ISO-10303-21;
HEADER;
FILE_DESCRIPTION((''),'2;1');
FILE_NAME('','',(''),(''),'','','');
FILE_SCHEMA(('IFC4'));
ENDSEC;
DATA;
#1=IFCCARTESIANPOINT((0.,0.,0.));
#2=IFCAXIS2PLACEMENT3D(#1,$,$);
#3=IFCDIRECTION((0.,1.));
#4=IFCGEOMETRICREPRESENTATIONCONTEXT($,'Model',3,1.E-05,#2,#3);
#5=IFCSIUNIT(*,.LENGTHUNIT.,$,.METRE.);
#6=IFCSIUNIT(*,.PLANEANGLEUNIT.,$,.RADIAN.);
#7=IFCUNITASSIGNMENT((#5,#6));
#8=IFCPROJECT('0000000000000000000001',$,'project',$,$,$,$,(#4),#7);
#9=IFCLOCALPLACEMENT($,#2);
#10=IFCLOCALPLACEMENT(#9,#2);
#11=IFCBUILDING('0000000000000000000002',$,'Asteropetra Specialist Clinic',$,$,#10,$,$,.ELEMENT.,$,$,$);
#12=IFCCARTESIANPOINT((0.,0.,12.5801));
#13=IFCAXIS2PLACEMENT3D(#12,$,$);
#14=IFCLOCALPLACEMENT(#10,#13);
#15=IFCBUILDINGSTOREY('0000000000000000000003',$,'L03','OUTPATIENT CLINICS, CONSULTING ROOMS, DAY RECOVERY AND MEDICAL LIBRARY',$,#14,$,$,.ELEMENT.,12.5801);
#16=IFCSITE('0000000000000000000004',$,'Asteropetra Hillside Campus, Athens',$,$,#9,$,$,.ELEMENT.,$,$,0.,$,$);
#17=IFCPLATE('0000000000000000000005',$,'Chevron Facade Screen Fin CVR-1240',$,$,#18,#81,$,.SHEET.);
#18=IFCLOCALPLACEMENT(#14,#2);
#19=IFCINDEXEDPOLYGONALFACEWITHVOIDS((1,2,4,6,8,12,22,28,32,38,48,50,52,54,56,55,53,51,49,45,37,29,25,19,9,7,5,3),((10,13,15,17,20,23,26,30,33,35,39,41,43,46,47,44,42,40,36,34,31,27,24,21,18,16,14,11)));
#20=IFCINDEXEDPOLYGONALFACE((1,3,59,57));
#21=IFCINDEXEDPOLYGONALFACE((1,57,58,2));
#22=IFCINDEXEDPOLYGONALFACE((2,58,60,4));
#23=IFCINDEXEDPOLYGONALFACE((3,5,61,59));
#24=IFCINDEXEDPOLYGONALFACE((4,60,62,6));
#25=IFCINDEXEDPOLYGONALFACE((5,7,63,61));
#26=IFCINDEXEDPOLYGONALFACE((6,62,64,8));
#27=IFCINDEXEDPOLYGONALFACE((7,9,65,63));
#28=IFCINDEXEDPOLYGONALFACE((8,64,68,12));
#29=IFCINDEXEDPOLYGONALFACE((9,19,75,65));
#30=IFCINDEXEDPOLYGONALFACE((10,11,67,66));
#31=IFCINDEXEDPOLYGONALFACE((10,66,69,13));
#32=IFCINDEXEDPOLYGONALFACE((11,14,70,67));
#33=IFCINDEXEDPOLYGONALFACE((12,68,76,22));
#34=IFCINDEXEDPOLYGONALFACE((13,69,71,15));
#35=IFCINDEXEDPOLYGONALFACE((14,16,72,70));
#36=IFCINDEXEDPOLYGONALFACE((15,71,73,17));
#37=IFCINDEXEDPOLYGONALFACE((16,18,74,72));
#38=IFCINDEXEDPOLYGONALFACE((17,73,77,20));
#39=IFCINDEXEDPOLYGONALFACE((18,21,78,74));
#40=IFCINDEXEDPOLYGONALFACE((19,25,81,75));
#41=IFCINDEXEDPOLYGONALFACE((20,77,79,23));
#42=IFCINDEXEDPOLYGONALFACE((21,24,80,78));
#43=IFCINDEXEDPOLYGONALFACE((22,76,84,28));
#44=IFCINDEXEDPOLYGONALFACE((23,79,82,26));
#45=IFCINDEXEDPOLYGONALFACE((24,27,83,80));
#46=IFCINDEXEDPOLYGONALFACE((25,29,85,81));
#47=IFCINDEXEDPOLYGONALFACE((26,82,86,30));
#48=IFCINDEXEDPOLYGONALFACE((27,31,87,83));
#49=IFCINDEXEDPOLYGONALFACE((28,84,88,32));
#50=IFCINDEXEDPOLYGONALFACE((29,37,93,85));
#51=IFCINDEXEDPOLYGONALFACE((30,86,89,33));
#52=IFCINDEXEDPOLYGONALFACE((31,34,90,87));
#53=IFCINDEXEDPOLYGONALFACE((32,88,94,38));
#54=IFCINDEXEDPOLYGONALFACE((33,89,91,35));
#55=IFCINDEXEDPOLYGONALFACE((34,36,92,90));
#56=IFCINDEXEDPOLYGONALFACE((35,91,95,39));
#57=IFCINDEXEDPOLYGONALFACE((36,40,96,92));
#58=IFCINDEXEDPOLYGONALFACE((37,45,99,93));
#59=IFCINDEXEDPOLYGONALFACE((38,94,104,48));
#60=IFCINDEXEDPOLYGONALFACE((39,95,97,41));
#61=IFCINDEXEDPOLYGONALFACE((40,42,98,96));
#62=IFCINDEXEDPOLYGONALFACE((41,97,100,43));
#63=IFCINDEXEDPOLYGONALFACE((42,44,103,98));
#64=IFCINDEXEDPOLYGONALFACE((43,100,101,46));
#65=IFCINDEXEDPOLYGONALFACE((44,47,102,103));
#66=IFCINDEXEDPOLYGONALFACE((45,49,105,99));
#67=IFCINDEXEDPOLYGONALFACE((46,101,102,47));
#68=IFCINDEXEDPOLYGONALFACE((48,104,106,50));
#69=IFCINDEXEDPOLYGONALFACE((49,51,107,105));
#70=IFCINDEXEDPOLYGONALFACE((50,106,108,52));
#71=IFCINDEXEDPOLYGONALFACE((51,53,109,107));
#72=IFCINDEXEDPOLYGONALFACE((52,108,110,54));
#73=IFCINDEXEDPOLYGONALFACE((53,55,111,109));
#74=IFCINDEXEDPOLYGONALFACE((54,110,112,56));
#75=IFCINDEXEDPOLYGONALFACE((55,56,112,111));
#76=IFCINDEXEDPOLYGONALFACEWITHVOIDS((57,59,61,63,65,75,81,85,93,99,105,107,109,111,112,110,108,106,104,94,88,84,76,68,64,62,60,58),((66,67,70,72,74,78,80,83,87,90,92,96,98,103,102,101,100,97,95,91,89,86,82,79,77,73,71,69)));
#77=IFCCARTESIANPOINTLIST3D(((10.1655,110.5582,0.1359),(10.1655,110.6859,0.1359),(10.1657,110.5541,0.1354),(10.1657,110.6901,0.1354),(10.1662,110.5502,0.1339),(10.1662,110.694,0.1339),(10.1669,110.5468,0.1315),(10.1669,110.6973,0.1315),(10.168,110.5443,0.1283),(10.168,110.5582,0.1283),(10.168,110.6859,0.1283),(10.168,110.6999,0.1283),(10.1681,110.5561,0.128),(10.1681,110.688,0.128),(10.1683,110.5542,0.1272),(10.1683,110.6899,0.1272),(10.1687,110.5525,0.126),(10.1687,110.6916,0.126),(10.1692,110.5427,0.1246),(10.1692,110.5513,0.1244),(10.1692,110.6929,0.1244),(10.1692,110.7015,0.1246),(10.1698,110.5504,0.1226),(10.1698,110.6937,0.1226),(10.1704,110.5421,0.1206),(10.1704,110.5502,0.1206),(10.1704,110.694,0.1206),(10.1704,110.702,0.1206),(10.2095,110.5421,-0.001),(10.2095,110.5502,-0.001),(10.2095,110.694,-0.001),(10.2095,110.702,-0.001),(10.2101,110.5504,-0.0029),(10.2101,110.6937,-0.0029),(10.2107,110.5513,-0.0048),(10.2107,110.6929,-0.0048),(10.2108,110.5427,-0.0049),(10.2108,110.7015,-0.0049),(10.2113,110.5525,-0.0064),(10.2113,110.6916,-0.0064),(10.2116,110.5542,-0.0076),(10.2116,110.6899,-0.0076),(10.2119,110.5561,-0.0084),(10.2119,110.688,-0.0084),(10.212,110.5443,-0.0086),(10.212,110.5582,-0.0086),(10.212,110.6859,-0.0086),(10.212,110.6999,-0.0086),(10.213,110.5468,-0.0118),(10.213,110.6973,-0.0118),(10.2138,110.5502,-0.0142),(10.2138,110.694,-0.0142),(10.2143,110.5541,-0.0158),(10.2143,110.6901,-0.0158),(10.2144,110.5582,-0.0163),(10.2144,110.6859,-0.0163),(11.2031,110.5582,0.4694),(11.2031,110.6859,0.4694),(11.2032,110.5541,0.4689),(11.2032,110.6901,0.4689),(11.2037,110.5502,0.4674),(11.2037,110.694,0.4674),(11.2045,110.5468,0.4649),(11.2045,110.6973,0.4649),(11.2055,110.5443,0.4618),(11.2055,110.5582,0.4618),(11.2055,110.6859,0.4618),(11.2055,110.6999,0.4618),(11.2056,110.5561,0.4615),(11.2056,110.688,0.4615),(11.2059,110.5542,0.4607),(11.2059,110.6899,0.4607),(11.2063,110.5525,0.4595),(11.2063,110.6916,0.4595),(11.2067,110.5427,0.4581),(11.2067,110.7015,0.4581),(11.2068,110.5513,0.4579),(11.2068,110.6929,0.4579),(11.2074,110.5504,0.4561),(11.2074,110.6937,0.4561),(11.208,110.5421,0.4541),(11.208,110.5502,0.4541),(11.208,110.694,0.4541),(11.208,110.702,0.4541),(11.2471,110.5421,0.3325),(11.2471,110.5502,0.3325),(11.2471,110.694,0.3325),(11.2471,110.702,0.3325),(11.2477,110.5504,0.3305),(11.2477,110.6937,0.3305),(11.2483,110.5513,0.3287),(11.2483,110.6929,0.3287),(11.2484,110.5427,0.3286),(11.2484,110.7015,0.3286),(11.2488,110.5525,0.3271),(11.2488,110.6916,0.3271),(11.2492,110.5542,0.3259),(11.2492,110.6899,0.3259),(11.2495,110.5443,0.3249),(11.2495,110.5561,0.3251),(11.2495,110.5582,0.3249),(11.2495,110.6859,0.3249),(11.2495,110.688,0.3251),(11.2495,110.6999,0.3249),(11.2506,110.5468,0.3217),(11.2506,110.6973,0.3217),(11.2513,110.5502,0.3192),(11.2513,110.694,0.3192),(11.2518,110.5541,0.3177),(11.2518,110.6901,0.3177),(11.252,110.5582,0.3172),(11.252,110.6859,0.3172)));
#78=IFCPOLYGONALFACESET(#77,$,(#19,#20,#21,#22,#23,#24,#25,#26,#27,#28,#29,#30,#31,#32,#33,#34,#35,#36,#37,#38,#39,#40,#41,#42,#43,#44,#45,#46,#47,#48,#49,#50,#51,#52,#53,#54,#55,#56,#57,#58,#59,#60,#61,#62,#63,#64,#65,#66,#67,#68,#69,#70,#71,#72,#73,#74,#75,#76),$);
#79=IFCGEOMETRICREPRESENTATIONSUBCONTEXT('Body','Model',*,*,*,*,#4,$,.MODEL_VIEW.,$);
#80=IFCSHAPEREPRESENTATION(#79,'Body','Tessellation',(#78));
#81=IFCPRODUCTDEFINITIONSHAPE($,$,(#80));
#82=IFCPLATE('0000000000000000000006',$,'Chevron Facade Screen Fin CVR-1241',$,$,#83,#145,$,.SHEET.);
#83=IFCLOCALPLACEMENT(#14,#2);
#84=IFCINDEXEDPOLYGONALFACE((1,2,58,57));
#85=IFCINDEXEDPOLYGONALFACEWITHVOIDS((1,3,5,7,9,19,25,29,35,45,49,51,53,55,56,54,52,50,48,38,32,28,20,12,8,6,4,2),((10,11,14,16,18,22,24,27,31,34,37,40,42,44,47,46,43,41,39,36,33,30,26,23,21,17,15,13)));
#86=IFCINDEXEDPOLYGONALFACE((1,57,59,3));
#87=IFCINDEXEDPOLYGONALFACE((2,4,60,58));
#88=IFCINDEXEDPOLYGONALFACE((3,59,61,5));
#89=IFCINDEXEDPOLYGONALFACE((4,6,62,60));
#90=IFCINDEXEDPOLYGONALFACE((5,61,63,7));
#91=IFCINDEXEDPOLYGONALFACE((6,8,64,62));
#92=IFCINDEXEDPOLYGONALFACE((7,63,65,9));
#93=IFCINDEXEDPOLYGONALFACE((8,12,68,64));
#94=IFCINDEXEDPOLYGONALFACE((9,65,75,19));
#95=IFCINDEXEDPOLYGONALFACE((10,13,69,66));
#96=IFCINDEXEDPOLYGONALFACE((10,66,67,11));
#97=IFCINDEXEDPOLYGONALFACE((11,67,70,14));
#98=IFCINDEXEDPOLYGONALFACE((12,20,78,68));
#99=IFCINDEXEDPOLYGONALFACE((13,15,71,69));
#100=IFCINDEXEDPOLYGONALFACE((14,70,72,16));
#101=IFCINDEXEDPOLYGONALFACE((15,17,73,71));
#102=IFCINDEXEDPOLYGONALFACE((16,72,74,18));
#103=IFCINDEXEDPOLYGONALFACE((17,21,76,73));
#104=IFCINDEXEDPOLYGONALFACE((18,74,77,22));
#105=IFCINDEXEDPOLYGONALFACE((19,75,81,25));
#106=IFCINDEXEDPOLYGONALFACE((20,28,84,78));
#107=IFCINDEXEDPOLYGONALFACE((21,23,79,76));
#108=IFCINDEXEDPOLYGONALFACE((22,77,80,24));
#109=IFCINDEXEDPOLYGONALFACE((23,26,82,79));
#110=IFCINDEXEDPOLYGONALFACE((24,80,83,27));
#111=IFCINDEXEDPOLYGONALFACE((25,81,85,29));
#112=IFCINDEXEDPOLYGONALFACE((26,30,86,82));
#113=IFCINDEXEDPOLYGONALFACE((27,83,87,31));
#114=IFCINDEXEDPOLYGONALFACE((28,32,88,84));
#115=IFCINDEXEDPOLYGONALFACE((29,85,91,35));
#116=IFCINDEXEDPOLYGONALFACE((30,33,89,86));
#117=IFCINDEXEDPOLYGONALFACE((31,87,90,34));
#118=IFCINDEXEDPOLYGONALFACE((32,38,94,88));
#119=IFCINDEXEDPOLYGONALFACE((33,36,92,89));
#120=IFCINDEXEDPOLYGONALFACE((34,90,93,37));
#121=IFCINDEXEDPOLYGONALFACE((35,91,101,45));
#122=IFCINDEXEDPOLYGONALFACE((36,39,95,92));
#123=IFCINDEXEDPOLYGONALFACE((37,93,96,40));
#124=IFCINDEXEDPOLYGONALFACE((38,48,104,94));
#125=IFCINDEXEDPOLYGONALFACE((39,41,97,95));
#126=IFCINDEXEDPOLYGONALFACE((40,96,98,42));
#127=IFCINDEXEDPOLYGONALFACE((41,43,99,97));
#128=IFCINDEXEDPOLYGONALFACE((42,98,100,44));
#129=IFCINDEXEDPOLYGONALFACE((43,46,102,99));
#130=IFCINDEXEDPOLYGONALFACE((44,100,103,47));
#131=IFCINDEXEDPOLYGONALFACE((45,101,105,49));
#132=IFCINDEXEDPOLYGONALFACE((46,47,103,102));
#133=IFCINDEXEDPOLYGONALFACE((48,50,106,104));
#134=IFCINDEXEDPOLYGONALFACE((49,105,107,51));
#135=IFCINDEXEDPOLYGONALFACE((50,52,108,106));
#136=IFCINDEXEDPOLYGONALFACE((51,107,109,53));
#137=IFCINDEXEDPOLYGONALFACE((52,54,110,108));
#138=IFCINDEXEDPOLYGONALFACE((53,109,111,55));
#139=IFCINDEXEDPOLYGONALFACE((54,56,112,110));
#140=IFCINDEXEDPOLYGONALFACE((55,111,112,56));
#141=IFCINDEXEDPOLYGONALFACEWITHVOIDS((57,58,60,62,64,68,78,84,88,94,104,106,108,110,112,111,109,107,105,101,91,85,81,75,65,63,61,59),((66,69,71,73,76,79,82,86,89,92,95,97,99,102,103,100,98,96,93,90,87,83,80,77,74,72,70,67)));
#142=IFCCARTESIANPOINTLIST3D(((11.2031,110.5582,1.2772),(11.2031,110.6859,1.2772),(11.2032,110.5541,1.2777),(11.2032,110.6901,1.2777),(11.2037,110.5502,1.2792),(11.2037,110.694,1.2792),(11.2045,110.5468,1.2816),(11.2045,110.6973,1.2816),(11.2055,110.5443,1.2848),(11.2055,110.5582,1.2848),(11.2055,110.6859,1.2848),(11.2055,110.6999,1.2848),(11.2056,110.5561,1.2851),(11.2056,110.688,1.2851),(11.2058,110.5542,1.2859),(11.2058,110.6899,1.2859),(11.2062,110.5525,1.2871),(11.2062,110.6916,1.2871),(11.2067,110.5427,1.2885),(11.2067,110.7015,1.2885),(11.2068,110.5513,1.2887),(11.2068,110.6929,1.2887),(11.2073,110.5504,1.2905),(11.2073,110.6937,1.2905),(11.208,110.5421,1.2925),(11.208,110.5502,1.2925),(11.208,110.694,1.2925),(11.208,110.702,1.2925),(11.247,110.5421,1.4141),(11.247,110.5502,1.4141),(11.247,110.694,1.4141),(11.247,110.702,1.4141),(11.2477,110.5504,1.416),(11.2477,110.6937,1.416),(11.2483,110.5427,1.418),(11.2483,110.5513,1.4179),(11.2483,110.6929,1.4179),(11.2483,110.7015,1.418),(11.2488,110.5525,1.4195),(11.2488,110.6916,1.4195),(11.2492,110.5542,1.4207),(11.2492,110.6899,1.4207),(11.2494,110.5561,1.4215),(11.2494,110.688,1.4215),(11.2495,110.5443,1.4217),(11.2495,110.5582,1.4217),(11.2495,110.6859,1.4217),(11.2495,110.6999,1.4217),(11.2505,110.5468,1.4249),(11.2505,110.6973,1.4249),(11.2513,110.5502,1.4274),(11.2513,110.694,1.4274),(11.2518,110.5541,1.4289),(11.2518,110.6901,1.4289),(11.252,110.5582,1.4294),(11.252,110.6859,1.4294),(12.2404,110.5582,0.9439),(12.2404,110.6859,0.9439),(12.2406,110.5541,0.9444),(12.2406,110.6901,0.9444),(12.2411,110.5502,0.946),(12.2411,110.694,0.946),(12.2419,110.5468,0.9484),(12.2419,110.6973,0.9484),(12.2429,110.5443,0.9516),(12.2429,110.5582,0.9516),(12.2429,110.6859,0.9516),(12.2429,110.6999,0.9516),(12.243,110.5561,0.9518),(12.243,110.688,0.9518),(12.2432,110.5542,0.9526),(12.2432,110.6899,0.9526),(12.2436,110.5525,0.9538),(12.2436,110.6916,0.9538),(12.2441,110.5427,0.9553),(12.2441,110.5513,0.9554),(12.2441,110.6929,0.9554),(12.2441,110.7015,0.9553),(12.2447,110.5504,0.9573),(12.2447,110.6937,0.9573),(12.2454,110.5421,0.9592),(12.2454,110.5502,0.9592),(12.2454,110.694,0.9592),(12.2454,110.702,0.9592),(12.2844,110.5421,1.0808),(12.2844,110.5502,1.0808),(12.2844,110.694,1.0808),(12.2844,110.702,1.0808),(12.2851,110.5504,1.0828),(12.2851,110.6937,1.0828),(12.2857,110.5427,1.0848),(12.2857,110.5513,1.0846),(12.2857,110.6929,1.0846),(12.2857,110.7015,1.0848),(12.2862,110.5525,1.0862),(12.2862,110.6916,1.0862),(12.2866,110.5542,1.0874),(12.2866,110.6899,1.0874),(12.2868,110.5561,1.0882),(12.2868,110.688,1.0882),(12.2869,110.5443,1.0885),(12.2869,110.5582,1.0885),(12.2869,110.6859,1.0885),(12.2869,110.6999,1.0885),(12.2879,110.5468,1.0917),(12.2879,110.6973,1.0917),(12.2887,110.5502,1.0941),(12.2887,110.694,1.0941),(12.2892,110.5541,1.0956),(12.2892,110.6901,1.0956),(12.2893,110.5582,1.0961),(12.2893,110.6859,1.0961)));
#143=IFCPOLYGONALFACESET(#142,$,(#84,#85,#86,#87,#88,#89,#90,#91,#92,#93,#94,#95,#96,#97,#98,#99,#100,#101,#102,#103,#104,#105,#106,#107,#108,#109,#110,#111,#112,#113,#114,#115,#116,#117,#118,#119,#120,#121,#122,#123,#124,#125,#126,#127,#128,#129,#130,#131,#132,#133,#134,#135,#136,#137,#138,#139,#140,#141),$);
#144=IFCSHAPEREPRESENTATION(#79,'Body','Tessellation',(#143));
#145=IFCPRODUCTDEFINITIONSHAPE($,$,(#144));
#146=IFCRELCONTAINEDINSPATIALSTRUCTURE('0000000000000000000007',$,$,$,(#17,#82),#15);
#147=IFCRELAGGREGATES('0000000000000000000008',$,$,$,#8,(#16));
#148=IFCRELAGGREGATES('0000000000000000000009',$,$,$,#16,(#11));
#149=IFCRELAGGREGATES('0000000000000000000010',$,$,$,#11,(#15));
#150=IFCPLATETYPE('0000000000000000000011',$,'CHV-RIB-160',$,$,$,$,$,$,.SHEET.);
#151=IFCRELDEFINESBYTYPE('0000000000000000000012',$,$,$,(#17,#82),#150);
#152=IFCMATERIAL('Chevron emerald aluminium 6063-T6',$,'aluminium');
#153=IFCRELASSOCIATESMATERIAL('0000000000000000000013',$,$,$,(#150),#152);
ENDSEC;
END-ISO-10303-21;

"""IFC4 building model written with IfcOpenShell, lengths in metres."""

from ifc_helpers import new_model, si_unit, direction, frame, origin, origin_2d, place, context, subcontext, project, spatial, hollow_rectangle, extrude, material, material_profile, profile_set, type_object, element, save


model = new_model("IFC4")

# Units and contexts
model_context = context("Model", 3, precision=1e-05, world=origin(), true_north=direction((0.0, 1.0)))
body_context = subcontext(model_context, "Body", "Model", "MODEL_VIEW")
ifc_project = project(units=[si_unit("LENGTHUNIT", "METRE"), si_unit("PLANEANGLEUNIT", "RADIAN")], contexts=[model_context])

# Site, building, storey
site_placement = place(None, origin())
site = spatial("IfcSite", under=ifc_project, at=site_placement, Name="Asteropetra Hillside Campus, Athens", CompositionType="ELEMENT", RefElevation=0.0)
building_placement = place(site_placement, origin())
building = spatial("IfcBuilding", under=site, at=building_placement, Name="Asteropetra Specialist Clinic", CompositionType="ELEMENT")
storey_placement = place(building_placement, frame((0.0, 0.0, 12.5801)))
storey = spatial("IfcBuildingStorey", under=building, at=storey_placement, Name="L03", Description="OUTPATIENT CLINICS, CONSULTING ROOMS, DAY RECOVERY AND MEDICAL LIBRARY", CompositionType="ELEMENT", Elevation=12.5801)

# Plates
ifc_material_1 = material(Name="Chevron emerald aluminium 6063-T6", Category="aluminium")
ifc_material_profile_1 = material_profile(ifc_material_1, hollow_rectangle(XDim=0.1599, YDim=0.1599, WallThickness=0.0081, InnerFilletRadius=0.0081, OuterFilletRadius=0.0161, at=origin_2d()), Name="SHS 160x160x8.0")
ifc_profile_set_1 = profile_set([ifc_material_profile_1], Name="Chevron emerald aluminium 6063-T6")
plate_type = type_object("IfcPlateType", Name="CHV-RIB-160", PredefinedType="SHEET", material=ifc_profile_set_1)
plate_1_placement = place(storey_placement, frame((11.2275, 110.6221, 0.3933), z_axis=(-0.952033, 0.0, -0.305995), x_axis=(0.0, -1.0, 0.0)))
element("IfcPlate", 1, at=plate_1_placement, inside=storey, type_object=plate_type, Name="Chevron Facade Screen Fin CVR-1240", PredefinedType="SHEET", context=body_context, shape_type="SweptSolid", body=[
    extrude(hollow_rectangle(XDim=0.1599, YDim=0.1599, WallThickness=0.0081, InnerFilletRadius=0.0081, OuterFilletRadius=0.0161, at=origin_2d()), origin(), (0.0, 0.0, 1.0), 1.0898),
])
plate_2_placement = place(storey_placement, frame((12.2649, 110.6221, 1.02), z_axis=(-0.952078, 0.0, 0.305857), x_axis=(0.0, -1.0, 0.0)))
element("IfcPlate", 2, at=plate_2_placement, inside=storey, type_object=plate_type, Name="Chevron Facade Screen Fin CVR-1241", PredefinedType="SHEET", context=body_context, shape_type="SweptSolid", body=[
    extrude(hollow_rectangle(XDim=0.1599, YDim=0.1599, WallThickness=0.0081, InnerFilletRadius=0.0081, OuterFilletRadius=0.0161, at=origin_2d()), origin(), (0.0, 0.0, 1.0), 1.0896),
])

save(model, "model.ifc")
